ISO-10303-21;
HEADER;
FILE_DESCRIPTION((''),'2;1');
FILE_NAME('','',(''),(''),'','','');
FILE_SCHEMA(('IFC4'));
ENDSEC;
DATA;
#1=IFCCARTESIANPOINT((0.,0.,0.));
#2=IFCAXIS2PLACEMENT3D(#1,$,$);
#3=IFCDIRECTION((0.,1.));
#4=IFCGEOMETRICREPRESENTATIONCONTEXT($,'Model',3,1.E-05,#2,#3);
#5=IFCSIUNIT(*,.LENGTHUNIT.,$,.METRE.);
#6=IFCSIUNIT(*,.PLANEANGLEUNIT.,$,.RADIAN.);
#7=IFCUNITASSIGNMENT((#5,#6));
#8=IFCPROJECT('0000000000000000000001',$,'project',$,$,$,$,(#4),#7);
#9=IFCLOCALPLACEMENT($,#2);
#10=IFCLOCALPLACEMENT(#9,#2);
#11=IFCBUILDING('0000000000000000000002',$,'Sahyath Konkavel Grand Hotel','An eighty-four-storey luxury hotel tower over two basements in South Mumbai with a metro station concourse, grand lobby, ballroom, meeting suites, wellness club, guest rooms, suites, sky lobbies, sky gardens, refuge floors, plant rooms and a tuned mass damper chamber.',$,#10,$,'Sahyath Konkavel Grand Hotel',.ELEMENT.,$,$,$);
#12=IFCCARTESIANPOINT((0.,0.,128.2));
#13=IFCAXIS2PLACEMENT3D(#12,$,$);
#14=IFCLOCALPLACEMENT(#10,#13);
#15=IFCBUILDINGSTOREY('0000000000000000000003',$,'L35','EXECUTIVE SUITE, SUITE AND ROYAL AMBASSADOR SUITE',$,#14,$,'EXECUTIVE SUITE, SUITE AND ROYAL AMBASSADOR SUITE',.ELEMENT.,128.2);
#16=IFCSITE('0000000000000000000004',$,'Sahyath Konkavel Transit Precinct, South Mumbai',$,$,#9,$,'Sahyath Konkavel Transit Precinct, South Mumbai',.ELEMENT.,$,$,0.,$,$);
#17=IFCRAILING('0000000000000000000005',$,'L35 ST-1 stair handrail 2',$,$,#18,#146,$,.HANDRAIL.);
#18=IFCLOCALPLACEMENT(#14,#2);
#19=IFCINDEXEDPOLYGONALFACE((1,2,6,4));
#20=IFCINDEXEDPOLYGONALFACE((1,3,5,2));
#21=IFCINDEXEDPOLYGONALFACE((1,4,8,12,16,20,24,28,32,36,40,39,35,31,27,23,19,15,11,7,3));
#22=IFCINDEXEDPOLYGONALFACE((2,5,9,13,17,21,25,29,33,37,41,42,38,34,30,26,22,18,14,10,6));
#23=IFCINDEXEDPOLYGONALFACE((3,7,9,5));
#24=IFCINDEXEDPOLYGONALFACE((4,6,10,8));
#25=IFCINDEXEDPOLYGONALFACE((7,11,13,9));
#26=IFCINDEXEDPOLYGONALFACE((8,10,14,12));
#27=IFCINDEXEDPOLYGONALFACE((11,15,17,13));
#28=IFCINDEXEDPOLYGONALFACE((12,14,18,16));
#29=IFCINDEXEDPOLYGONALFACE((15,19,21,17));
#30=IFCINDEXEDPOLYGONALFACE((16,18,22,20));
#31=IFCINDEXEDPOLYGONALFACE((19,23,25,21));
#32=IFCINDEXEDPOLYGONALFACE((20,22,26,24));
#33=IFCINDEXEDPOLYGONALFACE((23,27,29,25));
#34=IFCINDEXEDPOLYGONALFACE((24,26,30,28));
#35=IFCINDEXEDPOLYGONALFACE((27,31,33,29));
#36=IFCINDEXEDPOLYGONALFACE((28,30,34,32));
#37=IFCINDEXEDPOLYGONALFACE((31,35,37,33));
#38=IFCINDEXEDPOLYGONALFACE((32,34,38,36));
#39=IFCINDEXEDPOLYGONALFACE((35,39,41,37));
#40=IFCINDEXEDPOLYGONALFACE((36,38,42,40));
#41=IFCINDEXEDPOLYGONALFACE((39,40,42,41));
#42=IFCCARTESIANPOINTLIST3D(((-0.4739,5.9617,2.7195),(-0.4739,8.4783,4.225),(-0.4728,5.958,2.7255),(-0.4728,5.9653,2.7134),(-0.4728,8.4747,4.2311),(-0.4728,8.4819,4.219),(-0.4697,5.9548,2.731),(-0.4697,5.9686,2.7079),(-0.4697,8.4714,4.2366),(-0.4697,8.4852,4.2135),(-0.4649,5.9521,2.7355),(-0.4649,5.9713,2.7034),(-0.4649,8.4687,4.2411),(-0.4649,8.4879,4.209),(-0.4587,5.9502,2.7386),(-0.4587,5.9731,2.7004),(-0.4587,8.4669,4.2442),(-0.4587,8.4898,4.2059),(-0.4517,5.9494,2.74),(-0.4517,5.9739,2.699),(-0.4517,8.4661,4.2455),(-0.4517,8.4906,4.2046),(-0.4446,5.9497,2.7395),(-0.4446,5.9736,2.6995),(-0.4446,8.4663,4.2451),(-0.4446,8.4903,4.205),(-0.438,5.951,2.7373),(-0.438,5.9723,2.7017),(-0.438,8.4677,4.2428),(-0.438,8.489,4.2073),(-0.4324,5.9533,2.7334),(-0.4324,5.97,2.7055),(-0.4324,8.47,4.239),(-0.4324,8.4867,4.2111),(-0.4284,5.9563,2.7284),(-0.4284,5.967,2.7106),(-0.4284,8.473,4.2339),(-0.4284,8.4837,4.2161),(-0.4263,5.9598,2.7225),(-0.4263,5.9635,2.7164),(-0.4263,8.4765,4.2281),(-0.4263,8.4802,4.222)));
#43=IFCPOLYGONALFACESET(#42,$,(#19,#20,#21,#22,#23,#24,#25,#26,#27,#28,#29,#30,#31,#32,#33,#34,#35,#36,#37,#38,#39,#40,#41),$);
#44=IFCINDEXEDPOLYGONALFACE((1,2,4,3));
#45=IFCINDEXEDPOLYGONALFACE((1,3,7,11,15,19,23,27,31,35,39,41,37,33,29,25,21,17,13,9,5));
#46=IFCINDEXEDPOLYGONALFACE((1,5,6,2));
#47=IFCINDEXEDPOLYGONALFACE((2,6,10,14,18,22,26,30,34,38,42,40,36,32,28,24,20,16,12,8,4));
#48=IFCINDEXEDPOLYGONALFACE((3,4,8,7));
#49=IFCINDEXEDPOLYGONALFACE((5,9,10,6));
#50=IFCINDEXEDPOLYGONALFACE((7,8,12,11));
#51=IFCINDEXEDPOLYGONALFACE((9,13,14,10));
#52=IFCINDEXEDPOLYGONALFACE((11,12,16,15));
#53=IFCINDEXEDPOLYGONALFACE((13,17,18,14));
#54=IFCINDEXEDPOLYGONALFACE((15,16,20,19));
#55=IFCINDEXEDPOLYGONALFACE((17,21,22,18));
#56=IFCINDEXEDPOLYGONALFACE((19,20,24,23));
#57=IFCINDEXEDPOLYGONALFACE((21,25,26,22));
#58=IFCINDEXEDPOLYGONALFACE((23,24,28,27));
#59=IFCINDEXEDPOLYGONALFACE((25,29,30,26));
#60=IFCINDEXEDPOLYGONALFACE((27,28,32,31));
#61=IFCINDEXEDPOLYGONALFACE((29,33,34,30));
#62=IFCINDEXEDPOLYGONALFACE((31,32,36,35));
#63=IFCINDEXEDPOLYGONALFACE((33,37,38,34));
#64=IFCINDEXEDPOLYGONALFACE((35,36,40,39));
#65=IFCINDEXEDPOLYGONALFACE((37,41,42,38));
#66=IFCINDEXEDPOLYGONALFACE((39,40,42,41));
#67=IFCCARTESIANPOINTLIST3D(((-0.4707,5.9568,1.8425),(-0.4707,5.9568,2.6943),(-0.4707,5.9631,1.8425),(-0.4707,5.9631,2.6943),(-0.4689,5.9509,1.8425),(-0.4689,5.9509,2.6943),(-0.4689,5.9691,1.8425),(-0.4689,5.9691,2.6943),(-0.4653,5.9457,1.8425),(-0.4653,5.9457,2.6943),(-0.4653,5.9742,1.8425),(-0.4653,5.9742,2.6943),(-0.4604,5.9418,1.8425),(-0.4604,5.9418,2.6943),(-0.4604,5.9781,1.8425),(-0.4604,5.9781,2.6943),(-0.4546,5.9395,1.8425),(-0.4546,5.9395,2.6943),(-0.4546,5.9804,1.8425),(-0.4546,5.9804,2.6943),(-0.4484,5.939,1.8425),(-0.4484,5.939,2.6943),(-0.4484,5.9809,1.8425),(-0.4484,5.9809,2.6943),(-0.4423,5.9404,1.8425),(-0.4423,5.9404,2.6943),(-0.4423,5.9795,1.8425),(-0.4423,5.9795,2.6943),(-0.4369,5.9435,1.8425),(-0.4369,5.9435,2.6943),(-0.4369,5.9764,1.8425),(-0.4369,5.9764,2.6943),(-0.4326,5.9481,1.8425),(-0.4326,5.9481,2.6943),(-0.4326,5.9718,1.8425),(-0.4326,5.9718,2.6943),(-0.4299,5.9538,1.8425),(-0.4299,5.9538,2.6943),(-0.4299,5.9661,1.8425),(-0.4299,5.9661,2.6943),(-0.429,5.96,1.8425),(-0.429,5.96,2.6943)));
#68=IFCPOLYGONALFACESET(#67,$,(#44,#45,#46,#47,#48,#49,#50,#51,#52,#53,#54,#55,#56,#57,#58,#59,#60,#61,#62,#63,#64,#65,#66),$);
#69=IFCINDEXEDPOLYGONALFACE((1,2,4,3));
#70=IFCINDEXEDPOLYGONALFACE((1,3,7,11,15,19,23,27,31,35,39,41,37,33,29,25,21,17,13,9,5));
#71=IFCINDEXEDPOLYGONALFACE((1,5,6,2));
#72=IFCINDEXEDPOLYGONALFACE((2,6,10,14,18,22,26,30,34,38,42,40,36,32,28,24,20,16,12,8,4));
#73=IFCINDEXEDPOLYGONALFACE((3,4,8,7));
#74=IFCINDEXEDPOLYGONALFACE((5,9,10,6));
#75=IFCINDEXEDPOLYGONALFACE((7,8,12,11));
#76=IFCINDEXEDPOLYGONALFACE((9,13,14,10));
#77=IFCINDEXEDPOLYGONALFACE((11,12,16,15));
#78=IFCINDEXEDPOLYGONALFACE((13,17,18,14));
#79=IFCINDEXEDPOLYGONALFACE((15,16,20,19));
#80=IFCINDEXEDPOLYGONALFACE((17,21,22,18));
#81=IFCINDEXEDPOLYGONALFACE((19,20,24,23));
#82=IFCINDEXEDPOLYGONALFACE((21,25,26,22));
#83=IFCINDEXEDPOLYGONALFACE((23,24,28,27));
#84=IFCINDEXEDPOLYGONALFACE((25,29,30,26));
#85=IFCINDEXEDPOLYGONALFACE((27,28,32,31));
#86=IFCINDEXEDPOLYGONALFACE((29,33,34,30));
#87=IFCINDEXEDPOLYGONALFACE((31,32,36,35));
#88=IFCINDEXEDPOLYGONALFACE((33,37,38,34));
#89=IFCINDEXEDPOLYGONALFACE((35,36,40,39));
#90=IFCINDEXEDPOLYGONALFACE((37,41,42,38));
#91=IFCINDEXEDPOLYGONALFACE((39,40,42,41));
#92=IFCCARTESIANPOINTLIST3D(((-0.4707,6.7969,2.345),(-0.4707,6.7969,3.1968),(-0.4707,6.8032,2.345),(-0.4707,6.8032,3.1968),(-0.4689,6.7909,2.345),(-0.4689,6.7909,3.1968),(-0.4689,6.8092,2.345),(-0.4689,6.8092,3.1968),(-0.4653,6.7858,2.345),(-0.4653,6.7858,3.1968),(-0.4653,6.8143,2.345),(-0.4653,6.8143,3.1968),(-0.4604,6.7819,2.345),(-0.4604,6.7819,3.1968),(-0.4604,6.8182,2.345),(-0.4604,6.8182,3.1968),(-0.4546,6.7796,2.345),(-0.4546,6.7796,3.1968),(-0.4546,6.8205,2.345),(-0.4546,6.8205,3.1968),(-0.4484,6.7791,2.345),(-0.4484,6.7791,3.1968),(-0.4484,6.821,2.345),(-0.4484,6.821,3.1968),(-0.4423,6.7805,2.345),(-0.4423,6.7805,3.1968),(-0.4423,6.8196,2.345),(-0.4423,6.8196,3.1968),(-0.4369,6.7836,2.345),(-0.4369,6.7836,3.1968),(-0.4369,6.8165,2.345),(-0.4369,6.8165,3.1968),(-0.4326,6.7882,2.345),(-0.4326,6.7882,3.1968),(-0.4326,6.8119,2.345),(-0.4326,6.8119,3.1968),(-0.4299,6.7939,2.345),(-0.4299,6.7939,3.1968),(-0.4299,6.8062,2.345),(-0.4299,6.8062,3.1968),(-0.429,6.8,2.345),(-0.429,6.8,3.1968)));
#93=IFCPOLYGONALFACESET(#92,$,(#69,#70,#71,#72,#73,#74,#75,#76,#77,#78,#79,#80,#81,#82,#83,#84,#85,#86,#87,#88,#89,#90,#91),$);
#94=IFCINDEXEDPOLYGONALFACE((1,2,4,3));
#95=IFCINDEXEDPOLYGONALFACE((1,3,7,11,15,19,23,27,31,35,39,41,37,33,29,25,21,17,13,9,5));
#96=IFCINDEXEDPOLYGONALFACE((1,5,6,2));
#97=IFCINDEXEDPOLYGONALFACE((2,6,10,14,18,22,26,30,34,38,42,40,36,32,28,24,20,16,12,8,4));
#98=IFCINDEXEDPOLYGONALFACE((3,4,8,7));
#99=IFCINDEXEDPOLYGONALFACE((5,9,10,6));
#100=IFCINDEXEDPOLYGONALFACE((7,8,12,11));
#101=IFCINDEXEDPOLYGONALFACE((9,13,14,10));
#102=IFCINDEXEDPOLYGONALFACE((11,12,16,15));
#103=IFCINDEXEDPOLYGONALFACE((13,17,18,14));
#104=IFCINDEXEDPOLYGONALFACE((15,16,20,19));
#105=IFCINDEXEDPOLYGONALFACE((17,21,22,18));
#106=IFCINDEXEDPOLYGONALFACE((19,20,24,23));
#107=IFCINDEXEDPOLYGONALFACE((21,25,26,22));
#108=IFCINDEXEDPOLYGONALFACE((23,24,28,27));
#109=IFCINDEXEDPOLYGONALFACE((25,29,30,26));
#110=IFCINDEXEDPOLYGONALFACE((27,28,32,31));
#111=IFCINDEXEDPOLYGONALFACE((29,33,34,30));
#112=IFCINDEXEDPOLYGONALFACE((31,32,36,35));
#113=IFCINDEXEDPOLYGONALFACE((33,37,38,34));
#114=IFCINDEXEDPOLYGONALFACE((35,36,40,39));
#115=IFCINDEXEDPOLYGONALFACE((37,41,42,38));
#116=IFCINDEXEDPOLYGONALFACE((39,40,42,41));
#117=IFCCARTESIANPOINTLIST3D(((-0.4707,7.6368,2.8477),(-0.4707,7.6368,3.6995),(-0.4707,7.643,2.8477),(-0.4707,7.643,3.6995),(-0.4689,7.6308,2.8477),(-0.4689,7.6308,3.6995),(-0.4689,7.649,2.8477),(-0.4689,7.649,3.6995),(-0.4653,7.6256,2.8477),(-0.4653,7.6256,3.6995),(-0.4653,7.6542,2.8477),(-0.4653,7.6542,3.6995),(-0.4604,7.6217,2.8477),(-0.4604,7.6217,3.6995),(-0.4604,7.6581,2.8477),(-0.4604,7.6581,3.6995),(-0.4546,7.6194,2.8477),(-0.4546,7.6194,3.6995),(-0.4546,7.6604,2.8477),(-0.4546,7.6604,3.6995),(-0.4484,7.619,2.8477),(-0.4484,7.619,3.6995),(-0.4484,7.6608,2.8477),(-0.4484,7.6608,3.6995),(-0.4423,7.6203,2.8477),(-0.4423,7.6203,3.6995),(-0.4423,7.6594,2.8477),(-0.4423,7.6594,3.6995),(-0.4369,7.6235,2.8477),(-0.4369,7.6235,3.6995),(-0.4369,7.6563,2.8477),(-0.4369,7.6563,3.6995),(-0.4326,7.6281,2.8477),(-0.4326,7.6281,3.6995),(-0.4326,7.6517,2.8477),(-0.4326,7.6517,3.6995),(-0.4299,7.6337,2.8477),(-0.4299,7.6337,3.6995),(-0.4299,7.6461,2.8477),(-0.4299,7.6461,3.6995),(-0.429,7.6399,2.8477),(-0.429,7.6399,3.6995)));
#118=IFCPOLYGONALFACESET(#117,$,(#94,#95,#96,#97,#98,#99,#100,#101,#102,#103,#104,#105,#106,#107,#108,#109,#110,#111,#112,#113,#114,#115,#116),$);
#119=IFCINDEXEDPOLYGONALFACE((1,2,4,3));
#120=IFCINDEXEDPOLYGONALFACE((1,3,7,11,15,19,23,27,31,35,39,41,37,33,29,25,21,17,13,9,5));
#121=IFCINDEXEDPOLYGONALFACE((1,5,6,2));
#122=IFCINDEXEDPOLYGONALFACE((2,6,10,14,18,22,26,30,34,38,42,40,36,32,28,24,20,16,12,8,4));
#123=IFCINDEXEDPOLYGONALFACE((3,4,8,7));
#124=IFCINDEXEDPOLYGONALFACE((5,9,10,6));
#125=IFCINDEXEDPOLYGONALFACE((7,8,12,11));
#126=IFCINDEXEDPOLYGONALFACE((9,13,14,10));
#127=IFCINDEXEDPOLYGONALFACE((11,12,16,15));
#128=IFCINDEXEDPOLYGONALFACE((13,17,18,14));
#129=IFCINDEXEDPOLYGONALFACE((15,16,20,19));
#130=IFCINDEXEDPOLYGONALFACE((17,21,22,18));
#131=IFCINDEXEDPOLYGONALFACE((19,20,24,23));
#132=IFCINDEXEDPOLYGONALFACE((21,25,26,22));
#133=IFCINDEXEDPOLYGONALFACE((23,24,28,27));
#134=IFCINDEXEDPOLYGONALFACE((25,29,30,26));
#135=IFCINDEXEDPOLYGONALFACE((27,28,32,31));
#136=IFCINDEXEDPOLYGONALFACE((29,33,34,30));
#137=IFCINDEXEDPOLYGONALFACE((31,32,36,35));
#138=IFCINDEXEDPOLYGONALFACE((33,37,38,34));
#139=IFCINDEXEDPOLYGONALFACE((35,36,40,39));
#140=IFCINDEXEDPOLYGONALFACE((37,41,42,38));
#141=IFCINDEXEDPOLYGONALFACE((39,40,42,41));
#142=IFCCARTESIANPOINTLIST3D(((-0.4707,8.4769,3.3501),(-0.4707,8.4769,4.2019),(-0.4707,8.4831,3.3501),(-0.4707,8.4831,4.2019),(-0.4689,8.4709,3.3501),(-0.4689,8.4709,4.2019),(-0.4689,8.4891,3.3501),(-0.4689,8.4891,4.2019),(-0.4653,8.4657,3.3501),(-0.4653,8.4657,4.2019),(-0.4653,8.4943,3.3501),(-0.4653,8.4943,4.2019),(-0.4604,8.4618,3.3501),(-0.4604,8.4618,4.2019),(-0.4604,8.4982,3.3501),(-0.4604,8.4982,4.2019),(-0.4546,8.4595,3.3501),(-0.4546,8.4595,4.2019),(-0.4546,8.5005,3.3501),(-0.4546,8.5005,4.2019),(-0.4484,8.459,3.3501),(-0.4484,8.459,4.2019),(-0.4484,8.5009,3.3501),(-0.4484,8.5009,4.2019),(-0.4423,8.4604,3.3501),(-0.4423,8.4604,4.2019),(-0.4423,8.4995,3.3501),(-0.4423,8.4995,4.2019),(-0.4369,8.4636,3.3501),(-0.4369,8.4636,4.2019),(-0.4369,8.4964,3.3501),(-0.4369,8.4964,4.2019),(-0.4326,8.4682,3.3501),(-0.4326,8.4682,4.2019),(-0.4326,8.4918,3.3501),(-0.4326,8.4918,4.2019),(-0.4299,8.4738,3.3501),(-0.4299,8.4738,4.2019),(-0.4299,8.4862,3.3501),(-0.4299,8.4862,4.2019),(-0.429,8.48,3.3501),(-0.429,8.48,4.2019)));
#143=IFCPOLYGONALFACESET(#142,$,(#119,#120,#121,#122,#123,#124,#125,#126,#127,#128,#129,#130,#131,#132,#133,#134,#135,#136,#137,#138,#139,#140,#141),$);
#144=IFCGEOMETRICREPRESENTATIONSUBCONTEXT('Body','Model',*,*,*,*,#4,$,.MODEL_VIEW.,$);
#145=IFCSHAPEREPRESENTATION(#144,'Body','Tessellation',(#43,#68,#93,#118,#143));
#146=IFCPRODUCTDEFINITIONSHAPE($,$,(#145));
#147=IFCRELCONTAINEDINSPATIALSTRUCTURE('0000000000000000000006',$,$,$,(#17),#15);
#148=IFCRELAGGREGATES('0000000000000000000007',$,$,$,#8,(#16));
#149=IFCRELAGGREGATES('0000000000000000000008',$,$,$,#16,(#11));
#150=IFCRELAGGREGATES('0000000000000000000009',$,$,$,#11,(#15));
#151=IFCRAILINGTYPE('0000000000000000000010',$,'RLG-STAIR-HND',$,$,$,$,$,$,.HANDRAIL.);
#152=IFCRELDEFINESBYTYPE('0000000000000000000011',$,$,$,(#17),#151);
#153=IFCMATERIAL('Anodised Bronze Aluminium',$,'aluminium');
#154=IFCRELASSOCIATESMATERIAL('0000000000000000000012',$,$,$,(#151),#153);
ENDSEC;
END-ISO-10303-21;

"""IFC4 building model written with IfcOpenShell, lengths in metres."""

from ifc_helpers import new_model, si_unit, direction, frame, origin, origin_2d, place, context, subcontext, project, spatial, circle, extrude, material, type_object, element, save


model = new_model("IFC4")

# Units and contexts
model_context = context("Model", 3, precision=1e-05, world=origin(), true_north=direction((0.0, 1.0)))
body_context = subcontext(model_context, "Body", "Model", "MODEL_VIEW")
ifc_project = project(units=[si_unit("LENGTHUNIT", "METRE"), si_unit("PLANEANGLEUNIT", "RADIAN")], contexts=[model_context])

# Site, building, storey
site_placement = place(None, origin())
site = spatial("IfcSite", under=ifc_project, at=site_placement, Name="Sahyath Konkavel Transit Precinct, South Mumbai", LongName="Sahyath Konkavel Transit Precinct, South Mumbai", CompositionType="ELEMENT", RefElevation=0.0)
building_placement = place(site_placement, origin())
building = spatial("IfcBuilding", under=site, at=building_placement, Name="Sahyath Konkavel Grand Hotel", Description="An eighty-four-storey luxury hotel tower over two basements in South Mumbai with a metro station concourse, grand lobby, ballroom, meeting suites, wellness club, guest rooms, suites, sky lobbies, sky gardens, refuge floors, plant rooms and a tuned mass damper chamber.", LongName="Sahyath Konkavel Grand Hotel", CompositionType="ELEMENT")
storey_placement = place(building_placement, frame((0.0, 0.0, 128.2)))
storey = spatial("IfcBuildingStorey", under=building, at=storey_placement, Name="L35", Description="EXECUTIVE SUITE, SUITE AND ROYAL AMBASSADOR SUITE", LongName="EXECUTIVE SUITE, SUITE AND ROYAL AMBASSADOR SUITE", CompositionType="ELEMENT", Elevation=128.2)

# Shared definitions
ifc_material_1 = material(Name="Anodised Bronze Aluminium", Category="aluminium")

# Railing
railing_type_1 = type_object("IfcRailingType", Name="RLG-STAIR-HND", PredefinedType="HANDRAIL", material=ifc_material_1)
railing_1_placement = place(storey_placement, frame((-0.45, 5.96, 1.8425)))
element("IfcRailing", 1, at=railing_1_placement, inside=storey, type_object=railing_type_1, Name="L35 ST-1 stair handrail 2", PredefinedType="HANDRAIL", context=body_context, shape_type="SweptSolid", body=[
    extrude(circle(Radius=0.0239, at=origin_2d()), frame((0.0, 0.0017, 0.877), z_axis=(0.0, 0.85816, 0.513383), x_axis=(-1.0, 0.0, 0.0)), (0.0, 0.0, 1.0), 2.9326),
    extrude(circle(Radius=0.021, at=origin_2d()), origin(), (0.0, 0.0, 1.0), 0.8518),
    extrude(circle(Radius=0.021, at=origin_2d()), frame((0.0, 0.8401, 0.5024)), (0.0, 0.0, 1.0), 0.8518),
    extrude(circle(Radius=0.021, at=origin_2d()), frame((0.0, 1.6799, 1.0051)), (0.0, 0.0, 1.0), 0.8518),
    extrude(circle(Radius=0.021, at=origin_2d()), frame((0.0, 2.52, 1.5076)), (0.0, 0.0, 1.0), 0.8518),
])

save(model, "model.ifc")
